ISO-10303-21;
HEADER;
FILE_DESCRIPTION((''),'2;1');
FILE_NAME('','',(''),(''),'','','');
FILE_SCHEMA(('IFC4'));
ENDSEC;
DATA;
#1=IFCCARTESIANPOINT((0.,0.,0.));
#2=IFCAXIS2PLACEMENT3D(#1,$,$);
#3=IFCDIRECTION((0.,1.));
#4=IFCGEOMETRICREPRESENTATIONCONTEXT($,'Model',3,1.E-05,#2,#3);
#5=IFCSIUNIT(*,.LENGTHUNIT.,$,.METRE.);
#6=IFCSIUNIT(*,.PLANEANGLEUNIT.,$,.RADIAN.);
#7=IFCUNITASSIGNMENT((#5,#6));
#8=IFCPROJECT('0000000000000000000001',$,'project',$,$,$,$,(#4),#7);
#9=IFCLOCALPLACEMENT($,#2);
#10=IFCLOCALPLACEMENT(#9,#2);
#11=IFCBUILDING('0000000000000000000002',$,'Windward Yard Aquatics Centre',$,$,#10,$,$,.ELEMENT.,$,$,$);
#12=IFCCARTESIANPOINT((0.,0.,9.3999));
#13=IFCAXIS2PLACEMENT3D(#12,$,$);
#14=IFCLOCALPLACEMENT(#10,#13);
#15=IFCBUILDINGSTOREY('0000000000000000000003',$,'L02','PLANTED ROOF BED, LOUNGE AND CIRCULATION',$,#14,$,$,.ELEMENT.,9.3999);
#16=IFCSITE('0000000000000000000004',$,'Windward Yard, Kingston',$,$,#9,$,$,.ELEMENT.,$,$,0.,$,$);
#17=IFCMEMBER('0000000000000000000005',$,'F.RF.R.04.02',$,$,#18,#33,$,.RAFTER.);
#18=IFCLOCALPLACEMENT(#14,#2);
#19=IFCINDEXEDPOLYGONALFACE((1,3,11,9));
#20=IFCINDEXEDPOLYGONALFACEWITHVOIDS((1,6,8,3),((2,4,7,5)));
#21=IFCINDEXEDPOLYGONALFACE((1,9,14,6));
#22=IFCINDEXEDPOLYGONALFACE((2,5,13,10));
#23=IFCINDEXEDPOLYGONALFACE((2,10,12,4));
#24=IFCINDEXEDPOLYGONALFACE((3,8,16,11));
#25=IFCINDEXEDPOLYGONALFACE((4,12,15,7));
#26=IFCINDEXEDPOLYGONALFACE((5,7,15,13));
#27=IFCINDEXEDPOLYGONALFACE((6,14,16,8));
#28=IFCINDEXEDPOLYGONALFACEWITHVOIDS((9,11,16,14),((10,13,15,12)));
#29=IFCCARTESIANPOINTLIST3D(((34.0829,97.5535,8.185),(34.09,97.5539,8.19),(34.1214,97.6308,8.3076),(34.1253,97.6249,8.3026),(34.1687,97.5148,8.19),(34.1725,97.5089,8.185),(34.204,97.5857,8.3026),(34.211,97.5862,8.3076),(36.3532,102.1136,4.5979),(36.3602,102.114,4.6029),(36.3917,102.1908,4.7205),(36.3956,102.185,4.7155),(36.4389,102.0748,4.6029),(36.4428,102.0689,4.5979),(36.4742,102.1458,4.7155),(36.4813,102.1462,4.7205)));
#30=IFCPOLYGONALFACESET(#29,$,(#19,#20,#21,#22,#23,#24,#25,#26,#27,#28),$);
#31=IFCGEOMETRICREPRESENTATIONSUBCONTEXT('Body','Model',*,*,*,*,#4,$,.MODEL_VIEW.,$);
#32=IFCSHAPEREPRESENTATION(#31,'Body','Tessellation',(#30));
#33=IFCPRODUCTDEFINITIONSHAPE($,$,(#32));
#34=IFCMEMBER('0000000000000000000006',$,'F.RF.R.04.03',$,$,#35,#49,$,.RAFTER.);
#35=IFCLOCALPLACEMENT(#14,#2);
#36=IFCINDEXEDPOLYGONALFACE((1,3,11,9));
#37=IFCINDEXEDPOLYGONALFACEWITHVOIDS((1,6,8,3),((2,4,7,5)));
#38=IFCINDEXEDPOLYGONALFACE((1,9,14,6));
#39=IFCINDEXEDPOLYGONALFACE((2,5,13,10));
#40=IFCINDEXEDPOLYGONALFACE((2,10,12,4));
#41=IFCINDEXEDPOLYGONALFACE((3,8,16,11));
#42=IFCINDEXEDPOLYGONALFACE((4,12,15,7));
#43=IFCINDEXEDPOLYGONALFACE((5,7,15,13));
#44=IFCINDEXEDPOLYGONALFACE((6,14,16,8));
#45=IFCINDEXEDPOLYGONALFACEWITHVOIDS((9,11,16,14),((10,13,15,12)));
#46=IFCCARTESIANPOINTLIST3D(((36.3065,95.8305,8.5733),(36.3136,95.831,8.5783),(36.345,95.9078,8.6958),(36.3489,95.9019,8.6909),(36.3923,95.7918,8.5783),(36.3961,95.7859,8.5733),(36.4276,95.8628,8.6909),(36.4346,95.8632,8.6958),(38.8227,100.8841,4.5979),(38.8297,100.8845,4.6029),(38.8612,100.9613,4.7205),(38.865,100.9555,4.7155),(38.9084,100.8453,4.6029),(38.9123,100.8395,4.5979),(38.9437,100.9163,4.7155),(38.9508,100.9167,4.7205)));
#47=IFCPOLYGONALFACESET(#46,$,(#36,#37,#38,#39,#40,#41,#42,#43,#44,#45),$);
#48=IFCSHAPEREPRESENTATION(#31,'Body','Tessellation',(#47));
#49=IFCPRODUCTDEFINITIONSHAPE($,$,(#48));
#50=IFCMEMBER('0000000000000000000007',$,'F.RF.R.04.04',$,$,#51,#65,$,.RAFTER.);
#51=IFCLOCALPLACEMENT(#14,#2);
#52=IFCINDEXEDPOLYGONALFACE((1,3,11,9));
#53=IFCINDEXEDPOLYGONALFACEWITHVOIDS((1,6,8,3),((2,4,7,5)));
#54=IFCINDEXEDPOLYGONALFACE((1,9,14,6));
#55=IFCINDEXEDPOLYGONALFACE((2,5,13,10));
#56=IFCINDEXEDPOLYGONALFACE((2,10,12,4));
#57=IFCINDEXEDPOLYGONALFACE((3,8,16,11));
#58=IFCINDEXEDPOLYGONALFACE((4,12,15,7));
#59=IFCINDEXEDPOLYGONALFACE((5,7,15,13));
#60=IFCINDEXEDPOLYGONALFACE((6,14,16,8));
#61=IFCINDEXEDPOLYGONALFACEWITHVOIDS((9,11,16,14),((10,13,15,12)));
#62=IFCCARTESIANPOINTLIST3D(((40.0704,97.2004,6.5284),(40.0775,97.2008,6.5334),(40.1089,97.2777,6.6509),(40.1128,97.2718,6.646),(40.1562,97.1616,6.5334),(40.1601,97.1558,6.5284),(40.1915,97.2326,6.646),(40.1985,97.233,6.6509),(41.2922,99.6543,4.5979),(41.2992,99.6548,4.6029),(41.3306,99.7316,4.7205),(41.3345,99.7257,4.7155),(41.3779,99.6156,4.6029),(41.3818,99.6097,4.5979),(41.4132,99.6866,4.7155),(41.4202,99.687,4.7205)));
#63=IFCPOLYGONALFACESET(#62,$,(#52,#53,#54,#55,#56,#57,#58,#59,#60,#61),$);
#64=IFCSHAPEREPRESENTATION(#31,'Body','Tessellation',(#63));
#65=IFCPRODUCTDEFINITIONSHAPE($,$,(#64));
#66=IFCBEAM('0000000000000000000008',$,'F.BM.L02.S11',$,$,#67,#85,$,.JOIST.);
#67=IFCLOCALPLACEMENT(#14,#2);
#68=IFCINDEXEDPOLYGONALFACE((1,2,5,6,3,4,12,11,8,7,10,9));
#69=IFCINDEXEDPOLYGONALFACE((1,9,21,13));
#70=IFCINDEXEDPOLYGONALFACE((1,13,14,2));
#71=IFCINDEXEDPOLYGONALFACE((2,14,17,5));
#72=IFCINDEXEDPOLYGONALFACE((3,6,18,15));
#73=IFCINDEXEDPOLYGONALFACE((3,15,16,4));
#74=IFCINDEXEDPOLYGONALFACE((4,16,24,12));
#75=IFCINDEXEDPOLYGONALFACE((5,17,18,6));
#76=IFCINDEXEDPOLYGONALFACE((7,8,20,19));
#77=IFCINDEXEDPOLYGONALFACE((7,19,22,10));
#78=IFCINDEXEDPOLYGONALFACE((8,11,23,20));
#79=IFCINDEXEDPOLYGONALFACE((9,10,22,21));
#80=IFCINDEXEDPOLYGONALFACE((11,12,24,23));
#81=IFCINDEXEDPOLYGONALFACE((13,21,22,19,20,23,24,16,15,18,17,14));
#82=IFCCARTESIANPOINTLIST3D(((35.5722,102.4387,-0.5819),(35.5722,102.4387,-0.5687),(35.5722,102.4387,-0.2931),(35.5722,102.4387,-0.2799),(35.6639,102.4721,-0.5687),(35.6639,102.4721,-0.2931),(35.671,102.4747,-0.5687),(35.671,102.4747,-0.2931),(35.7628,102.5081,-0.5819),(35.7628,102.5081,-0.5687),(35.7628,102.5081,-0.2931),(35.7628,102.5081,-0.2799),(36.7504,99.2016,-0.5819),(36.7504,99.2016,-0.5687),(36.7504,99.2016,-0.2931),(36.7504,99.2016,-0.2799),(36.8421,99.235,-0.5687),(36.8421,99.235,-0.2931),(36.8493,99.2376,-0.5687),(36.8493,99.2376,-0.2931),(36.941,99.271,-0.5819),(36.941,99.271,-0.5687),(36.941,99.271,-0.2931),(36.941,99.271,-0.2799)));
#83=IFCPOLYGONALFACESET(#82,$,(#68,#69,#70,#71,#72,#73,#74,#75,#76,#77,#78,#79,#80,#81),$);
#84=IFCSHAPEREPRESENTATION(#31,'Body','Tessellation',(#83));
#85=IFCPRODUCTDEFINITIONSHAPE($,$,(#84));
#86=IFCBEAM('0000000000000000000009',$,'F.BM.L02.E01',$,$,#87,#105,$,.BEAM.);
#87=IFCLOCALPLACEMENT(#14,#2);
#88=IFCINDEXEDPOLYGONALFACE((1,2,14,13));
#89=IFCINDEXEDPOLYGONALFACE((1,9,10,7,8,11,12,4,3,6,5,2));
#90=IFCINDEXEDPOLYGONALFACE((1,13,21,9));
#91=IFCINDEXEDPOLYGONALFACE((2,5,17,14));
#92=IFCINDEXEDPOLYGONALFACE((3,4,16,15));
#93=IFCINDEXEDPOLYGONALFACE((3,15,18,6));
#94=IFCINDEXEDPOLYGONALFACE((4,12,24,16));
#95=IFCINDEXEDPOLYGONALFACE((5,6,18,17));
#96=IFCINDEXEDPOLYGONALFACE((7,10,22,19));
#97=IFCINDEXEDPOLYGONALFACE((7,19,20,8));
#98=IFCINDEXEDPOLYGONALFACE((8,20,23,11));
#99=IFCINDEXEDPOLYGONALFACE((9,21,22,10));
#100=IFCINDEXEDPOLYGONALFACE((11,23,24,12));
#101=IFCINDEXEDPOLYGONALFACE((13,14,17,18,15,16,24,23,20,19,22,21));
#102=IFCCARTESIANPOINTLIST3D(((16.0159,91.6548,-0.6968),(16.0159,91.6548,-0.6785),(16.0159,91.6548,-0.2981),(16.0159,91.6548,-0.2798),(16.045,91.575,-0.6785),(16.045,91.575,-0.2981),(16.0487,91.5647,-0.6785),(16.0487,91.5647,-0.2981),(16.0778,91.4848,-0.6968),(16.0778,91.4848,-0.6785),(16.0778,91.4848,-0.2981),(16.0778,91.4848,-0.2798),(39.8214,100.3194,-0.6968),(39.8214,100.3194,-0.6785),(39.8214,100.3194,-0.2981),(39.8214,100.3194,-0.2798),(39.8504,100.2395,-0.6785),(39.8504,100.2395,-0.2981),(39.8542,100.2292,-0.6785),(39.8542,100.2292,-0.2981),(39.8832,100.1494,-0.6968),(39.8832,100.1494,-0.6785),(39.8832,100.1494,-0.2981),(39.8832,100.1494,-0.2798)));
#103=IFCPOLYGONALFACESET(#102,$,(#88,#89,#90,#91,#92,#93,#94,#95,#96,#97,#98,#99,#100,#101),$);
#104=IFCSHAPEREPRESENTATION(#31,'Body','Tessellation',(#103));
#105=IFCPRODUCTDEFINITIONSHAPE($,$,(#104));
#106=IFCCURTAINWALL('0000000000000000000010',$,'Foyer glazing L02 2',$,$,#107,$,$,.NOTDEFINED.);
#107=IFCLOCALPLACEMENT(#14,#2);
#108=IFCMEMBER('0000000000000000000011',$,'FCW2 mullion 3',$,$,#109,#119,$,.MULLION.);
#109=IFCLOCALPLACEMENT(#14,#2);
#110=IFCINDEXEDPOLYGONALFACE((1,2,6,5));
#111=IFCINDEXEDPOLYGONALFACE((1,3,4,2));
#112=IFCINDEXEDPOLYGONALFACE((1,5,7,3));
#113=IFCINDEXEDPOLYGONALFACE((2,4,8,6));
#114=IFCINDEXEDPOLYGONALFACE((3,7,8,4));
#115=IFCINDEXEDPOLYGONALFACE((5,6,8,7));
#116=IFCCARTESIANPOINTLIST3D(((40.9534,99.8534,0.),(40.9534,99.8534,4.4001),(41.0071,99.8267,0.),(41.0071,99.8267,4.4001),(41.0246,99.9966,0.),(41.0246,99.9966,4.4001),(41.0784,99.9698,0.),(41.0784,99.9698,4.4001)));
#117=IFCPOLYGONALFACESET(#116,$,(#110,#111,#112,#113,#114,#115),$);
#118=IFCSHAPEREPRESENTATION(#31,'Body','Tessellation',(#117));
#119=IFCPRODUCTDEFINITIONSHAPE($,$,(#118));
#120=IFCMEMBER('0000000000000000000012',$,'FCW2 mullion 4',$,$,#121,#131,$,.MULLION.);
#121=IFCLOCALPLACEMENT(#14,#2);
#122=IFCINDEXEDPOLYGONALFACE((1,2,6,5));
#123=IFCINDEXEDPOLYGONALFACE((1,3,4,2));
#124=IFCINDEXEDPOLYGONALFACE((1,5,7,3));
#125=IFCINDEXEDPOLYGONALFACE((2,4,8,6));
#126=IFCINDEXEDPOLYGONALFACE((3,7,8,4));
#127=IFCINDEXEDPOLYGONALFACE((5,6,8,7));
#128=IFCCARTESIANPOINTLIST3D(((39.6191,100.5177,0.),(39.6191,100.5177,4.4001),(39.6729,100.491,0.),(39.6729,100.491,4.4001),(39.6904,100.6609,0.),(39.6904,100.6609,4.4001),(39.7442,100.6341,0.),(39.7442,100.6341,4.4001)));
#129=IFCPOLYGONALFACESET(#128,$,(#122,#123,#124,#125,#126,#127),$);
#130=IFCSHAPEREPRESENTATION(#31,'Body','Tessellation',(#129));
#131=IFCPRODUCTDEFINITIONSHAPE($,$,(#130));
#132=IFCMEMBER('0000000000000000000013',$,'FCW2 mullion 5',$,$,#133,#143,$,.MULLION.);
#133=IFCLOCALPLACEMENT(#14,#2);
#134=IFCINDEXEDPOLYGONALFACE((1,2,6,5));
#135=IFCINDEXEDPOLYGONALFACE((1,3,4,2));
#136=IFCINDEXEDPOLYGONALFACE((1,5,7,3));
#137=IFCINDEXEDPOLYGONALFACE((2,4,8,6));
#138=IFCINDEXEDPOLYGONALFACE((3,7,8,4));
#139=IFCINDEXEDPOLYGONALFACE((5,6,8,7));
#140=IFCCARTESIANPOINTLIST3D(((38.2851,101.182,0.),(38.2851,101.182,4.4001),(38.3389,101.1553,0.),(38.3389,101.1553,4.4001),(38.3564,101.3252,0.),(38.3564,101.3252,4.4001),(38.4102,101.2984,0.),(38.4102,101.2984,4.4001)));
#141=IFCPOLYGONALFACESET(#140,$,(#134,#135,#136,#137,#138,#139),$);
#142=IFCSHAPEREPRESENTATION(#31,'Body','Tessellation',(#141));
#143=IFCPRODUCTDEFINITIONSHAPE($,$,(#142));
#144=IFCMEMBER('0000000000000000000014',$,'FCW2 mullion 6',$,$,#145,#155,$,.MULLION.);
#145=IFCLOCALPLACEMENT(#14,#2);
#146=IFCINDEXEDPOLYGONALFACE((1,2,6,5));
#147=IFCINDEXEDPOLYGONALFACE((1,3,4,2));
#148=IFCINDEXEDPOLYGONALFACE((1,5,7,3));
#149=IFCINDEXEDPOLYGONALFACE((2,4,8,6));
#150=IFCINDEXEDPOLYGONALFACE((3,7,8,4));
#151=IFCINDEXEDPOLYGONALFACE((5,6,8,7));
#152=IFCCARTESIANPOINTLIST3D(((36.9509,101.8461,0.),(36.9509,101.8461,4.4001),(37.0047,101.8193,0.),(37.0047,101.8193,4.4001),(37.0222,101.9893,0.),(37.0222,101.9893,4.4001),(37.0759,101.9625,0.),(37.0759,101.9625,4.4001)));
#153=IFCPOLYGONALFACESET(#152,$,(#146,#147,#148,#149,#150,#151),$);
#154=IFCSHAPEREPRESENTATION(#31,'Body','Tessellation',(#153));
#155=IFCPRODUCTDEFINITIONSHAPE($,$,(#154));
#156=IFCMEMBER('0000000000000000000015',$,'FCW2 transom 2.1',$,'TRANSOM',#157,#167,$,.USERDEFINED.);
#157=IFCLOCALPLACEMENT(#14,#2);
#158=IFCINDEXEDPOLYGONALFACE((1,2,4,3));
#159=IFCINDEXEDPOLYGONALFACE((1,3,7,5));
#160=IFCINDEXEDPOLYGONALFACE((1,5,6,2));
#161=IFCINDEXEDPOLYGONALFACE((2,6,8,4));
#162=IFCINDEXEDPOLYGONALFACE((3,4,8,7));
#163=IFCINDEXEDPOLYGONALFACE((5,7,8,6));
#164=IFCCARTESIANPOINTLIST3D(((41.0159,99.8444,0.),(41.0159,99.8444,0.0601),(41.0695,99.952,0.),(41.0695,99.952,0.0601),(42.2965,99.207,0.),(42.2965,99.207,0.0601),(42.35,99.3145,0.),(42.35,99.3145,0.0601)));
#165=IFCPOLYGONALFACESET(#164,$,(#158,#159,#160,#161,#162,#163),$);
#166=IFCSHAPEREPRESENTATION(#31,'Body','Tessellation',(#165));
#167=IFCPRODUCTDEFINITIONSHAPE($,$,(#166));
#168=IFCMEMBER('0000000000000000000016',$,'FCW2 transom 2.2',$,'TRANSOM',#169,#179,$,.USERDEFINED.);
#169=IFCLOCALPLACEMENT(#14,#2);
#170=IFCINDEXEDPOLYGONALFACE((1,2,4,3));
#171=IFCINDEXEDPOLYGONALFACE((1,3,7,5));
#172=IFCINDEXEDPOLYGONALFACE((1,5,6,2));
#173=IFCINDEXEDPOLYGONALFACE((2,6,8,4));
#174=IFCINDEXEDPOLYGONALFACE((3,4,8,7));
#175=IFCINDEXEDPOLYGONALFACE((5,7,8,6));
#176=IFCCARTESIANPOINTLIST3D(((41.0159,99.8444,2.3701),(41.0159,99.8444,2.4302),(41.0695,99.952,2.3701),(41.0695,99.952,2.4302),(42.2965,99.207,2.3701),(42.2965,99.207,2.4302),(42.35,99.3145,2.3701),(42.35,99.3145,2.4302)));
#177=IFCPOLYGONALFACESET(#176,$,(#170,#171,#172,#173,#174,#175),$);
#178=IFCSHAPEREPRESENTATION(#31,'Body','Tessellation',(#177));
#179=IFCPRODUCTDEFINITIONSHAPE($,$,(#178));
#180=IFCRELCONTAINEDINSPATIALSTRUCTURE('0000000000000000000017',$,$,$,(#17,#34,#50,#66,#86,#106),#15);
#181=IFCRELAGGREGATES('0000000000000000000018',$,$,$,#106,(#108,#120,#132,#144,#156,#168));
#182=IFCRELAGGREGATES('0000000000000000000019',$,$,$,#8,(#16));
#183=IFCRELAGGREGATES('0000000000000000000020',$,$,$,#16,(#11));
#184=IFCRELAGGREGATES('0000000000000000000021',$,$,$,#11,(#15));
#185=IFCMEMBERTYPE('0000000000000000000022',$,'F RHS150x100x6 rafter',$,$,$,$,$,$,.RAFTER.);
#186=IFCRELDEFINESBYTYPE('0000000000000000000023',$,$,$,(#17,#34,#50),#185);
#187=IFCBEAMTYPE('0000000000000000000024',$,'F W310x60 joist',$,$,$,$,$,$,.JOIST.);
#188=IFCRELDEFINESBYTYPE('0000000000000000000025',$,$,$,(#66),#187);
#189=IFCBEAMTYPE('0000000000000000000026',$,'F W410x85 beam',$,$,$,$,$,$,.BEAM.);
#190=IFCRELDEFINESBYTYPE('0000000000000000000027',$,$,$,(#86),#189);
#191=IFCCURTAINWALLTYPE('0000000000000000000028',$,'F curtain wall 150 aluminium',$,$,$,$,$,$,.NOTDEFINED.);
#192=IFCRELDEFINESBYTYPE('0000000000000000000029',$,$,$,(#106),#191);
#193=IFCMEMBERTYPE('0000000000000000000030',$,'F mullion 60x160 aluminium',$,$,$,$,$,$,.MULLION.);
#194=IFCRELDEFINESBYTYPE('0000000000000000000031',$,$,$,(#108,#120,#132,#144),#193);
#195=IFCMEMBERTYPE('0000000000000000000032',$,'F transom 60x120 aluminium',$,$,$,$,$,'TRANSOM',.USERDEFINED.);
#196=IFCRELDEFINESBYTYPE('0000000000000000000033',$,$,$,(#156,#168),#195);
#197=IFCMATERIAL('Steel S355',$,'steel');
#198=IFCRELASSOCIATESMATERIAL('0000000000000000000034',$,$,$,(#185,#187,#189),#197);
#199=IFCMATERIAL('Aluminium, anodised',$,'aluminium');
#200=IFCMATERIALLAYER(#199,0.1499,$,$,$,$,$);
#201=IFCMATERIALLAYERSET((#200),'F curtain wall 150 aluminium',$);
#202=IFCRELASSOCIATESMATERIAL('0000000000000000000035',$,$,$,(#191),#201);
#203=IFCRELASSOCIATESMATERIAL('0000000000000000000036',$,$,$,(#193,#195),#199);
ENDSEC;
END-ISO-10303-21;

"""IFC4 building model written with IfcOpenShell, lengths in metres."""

from ifc_helpers import new_model, si_unit, direction, frame, origin, origin_2d, place, context, subcontext, project, spatial, rectangle, hollow_rectangle, i_section, extrude, material, layer, layer_set, material_profile, profile_set, type_object, element, aggregate, save


model = new_model("IFC4")

# Units and contexts
model_context = context("Model", 3, precision=1e-05, world=origin(), true_north=direction((0.0, 1.0)))
body_context = subcontext(model_context, "Body", "Model", "MODEL_VIEW")
ifc_project = project(units=[si_unit("LENGTHUNIT", "METRE"), si_unit("PLANEANGLEUNIT", "RADIAN")], contexts=[model_context])

# Site, building, storey
site_placement = place(None, origin())
site = spatial("IfcSite", under=ifc_project, at=site_placement, Name="Windward Yard, Kingston", CompositionType="ELEMENT", RefElevation=0.0)
building_placement = place(site_placement, origin())
building = spatial("IfcBuilding", under=site, at=building_placement, Name="Windward Yard Aquatics Centre", CompositionType="ELEMENT")
storey_placement = place(building_placement, frame((0.0, 0.0, 9.3999)))
storey = spatial("IfcBuildingStorey", under=building, at=storey_placement, Name="L02", Description="PLANTED ROOF BED, LOUNGE AND CIRCULATION", CompositionType="ELEMENT", Elevation=9.3999)

# Members
ifc_material_1 = material(Name="Steel S355", Category="steel")
ifc_material_profile_1 = material_profile(ifc_material_1, hollow_rectangle(XDim=0.1001, YDim=0.1499, WallThickness=0.0061, at=origin_2d()), Name="RHS150x100x6")
ifc_profile_set_1 = profile_set([ifc_material_profile_1], Name="Steel S355")
member_type_1 = type_object("IfcMemberType", Name="F RHS150x100x6 rafter", PredefinedType="RAFTER", material=ifc_profile_set_1)
member_1_placement = place(storey_placement, frame((36.4172, 102.1299, 4.6592), z_axis=(-0.364394, -0.731923, 0.575765), x_axis=(0.895193, -0.445679, 0.0)))
element("IfcMember", 1, at=member_1_placement, inside=storey, type_object=member_type_1, Name="F.RF.R.04.02", PredefinedType="RAFTER", context=body_context, shape_type="SweptSolid", body=[
    extrude(hollow_rectangle(XDim=0.1001, YDim=0.1499, WallThickness=0.0061, at=origin_2d()), origin(), (0.0, 0.0, 1.0), 6.2302),
])
member_2_placement = place(storey_placement, frame((38.8867, 100.9004, 4.6592), z_axis=(-0.364418, -0.731912, 0.575764), x_axis=(0.895178, -0.445708, 0.0)))
element("IfcMember", 2, at=member_2_placement, inside=storey, type_object=member_type_1, Name="F.RF.R.04.03", PredefinedType="RAFTER", context=body_context, shape_type="SweptSolid", body=[
    extrude(hollow_rectangle(XDim=0.1001, YDim=0.1499, WallThickness=0.0061, at=origin_2d()), origin(), (0.0, 0.0, 1.0), 6.9045),
])
member_3_placement = place(storey_placement, frame((41.3562, 99.6707, 4.6592), z_axis=(-0.364389, -0.73191, 0.575785), x_axis=(0.895192, -0.445681, 0.0)))
element("IfcMember", 3, at=member_3_placement, inside=storey, type_object=member_type_1, Name="F.RF.R.04.04", PredefinedType="RAFTER", context=body_context, shape_type="SweptSolid", body=[
    extrude(hollow_rectangle(XDim=0.1001, YDim=0.1499, WallThickness=0.0061, at=origin_2d()), origin(), (0.0, 0.0, 1.0), 3.3528),
])

# Beams
ifc_material_profile_2 = material_profile(ifc_material_1, i_section(OverallWidth=0.2029, OverallDepth=0.302, WebThickness=0.0076, FlangeThickness=0.0132, at=origin_2d()), Name="W310x60")
ifc_profile_set_2 = profile_set([ifc_material_profile_2], Name="Steel S355")
beam_type_1 = type_object("IfcBeamType", Name="F W310x60 joist", PredefinedType="JOIST", material=ifc_profile_set_2)
beam_1_placement = place(storey_placement, frame((36.8457, 99.2363, -0.4309), z_axis=(-0.342028, 0.93969, 0.0), x_axis=(-0.93969, -0.342028, 0.0)))
element("IfcBeam", 4, at=beam_1_placement, inside=storey, type_object=beam_type_1, Name="F.BM.L02.S11", PredefinedType="JOIST", context=body_context, shape_type="SweptSolid", body=[
    extrude(i_section(OverallWidth=0.2029, OverallDepth=0.302, WebThickness=0.0076, FlangeThickness=0.0132, at=origin_2d()), origin(), (0.0, 0.0, 1.0), 3.4448),
])
ifc_material_profile_3 = material_profile(ifc_material_1, i_section(OverallWidth=0.1809, OverallDepth=0.417, WebThickness=0.011, FlangeThickness=0.0183, at=origin_2d()), Name="W410x85")
ifc_profile_set_3 = profile_set([ifc_material_profile_3], Name="Steel S355")
beam_type_2 = type_object("IfcBeamType", Name="F W410x85 beam", PredefinedType="BEAM", material=ifc_profile_set_3)
beam_2_placement = place(storey_placement, frame((39.8523, 100.2344, -0.4883), z_axis=(-0.939692, -0.342023, 0.0), x_axis=(0.342023, -0.939692, 0.0)))
element("IfcBeam", 5, at=beam_2_placement, inside=storey, type_object=beam_type_2, Name="F.BM.L02.E01", PredefinedType="BEAM", context=body_context, shape_type="SweptSolid", body=[
    extrude(i_section(OverallWidth=0.1809, OverallDepth=0.417, WebThickness=0.011, FlangeThickness=0.0183, at=origin_2d()), origin(), (0.0, 0.0, 1.0), 25.3333),
])

# Curtain wall, members
ifc_material_2 = material(Name="Aluminium, anodised", Category="aluminium")
ifc_layer_1 = layer(ifc_material_2, 0.1499)
ifc_layer_set_1 = layer_set([ifc_layer_1], Name="F curtain wall 150 aluminium")
curtain_wall_type = type_object("IfcCurtainWallType", Name="F curtain wall 150 aluminium", PredefinedType="NOTDEFINED", material=ifc_layer_set_1)
curtain_wall_placement = place(storey_placement, origin())
curtain_wall = element("IfcCurtainWall", 6, at=curtain_wall_placement, inside=storey, type_object=curtain_wall_type, Name="Foyer glazing L02 2", PredefinedType="NOTDEFINED")
ifc_material_profile_4 = material_profile(ifc_material_2, rectangle(XDim=0.1599, YDim=0.0601, at=origin_2d()), Name="MULLION 60x160")
ifc_profile_set_4 = profile_set([ifc_material_profile_4], Name="Aluminium, anodised")
member_type_2 = type_object("IfcMemberType", Name="F mullion 60x160 aluminium", PredefinedType="MULLION", material=ifc_profile_set_4)
member_4_placement = place(storey_placement, frame((41.0159, 99.9116, 0.0), z_axis=(0.0, 0.0, 1.0), x_axis=(-0.445707, -0.895179, 0.0)))
member_4 = element("IfcMember", 7, at=member_4_placement, type_object=member_type_2, Name="FCW2 mullion 3", PredefinedType="MULLION", context=body_context, shape_type="SweptSolid", body=[
    extrude(rectangle(XDim=0.1599, YDim=0.0601, at=origin_2d()), origin(), (0.0, 0.0, 1.0), 4.4001),
])
member_5_placement = place(storey_placement, frame((39.6816, 100.5759, 0.0), z_axis=(0.0, 0.0, 1.0), x_axis=(-0.445707, -0.895179, 0.0)))
member_5 = element("IfcMember", 8, at=member_5_placement, type_object=member_type_2, Name="FCW2 mullion 4", PredefinedType="MULLION", context=body_context, shape_type="SweptSolid", body=[
    extrude(rectangle(XDim=0.1599, YDim=0.0601, at=origin_2d()), origin(), (0.0, 0.0, 1.0), 4.4001),
])
member_6_placement = place(storey_placement, frame((38.3477, 101.2402, 0.0), z_axis=(0.0, 0.0, 1.0), x_axis=(-0.445707, -0.895179, 0.0)))
member_6 = element("IfcMember", 9, at=member_6_placement, type_object=member_type_2, Name="FCW2 mullion 5", PredefinedType="MULLION", context=body_context, shape_type="SweptSolid", body=[
    extrude(rectangle(XDim=0.1599, YDim=0.0601, at=origin_2d()), origin(), (0.0, 0.0, 1.0), 4.4001),
])
member_7_placement = place(storey_placement, frame((37.0134, 101.9043, 0.0), z_axis=(0.0, 0.0, 1.0), x_axis=(-0.445707, -0.895179, 0.0)))
member_7 = element("IfcMember", 10, at=member_7_placement, type_object=member_type_2, Name="FCW2 mullion 6", PredefinedType="MULLION", context=body_context, shape_type="SweptSolid", body=[
    extrude(rectangle(XDim=0.1599, YDim=0.0601, at=origin_2d()), origin(), (0.0, 0.0, 1.0), 4.4001),
])
ifc_material_profile_5 = material_profile(ifc_material_2, rectangle(XDim=0.1201, YDim=0.0601, at=origin_2d()), Name="TRANSOM 60x120")
ifc_profile_set_5 = profile_set([ifc_material_profile_5], Name="Aluminium, anodised")
member_type_3 = type_object("IfcMemberType", Name="F transom 60x120 aluminium", ElementType="TRANSOM", PredefinedType="USERDEFINED", material=ifc_profile_set_5)
member_8_placement = place(storey_placement, frame((42.3232, 99.2607, 0.03), z_axis=(-0.895211, 0.445643, 0.0), x_axis=(-0.445643, -0.895211, 0.0)))
member_8 = element("IfcMember", 11, at=member_8_placement, type_object=member_type_3, Name="FCW2 transom 2.1", ObjectType="TRANSOM", PredefinedType="USERDEFINED", context=body_context, shape_type="SweptSolid", body=[
    extrude(rectangle(XDim=0.1201, YDim=0.0601, at=origin_2d()), origin(), (0.0, 0.0, 1.0), 1.4304),
])
member_9_placement = place(storey_placement, frame((42.3232, 99.2607, 2.4001), z_axis=(-0.895211, 0.445643, 0.0), x_axis=(-0.445643, -0.895211, 0.0)))
member_9 = element("IfcMember", 12, at=member_9_placement, type_object=member_type_3, Name="FCW2 transom 2.2", ObjectType="TRANSOM", PredefinedType="USERDEFINED", context=body_context, shape_type="SweptSolid", body=[
    extrude(rectangle(XDim=0.1201, YDim=0.0601, at=origin_2d()), origin(), (0.0, 0.0, 1.0), 1.4304),
])
aggregate(curtain_wall, [member_4, member_5, member_6, member_7, member_8, member_9])

save(model, "model.ifc")
